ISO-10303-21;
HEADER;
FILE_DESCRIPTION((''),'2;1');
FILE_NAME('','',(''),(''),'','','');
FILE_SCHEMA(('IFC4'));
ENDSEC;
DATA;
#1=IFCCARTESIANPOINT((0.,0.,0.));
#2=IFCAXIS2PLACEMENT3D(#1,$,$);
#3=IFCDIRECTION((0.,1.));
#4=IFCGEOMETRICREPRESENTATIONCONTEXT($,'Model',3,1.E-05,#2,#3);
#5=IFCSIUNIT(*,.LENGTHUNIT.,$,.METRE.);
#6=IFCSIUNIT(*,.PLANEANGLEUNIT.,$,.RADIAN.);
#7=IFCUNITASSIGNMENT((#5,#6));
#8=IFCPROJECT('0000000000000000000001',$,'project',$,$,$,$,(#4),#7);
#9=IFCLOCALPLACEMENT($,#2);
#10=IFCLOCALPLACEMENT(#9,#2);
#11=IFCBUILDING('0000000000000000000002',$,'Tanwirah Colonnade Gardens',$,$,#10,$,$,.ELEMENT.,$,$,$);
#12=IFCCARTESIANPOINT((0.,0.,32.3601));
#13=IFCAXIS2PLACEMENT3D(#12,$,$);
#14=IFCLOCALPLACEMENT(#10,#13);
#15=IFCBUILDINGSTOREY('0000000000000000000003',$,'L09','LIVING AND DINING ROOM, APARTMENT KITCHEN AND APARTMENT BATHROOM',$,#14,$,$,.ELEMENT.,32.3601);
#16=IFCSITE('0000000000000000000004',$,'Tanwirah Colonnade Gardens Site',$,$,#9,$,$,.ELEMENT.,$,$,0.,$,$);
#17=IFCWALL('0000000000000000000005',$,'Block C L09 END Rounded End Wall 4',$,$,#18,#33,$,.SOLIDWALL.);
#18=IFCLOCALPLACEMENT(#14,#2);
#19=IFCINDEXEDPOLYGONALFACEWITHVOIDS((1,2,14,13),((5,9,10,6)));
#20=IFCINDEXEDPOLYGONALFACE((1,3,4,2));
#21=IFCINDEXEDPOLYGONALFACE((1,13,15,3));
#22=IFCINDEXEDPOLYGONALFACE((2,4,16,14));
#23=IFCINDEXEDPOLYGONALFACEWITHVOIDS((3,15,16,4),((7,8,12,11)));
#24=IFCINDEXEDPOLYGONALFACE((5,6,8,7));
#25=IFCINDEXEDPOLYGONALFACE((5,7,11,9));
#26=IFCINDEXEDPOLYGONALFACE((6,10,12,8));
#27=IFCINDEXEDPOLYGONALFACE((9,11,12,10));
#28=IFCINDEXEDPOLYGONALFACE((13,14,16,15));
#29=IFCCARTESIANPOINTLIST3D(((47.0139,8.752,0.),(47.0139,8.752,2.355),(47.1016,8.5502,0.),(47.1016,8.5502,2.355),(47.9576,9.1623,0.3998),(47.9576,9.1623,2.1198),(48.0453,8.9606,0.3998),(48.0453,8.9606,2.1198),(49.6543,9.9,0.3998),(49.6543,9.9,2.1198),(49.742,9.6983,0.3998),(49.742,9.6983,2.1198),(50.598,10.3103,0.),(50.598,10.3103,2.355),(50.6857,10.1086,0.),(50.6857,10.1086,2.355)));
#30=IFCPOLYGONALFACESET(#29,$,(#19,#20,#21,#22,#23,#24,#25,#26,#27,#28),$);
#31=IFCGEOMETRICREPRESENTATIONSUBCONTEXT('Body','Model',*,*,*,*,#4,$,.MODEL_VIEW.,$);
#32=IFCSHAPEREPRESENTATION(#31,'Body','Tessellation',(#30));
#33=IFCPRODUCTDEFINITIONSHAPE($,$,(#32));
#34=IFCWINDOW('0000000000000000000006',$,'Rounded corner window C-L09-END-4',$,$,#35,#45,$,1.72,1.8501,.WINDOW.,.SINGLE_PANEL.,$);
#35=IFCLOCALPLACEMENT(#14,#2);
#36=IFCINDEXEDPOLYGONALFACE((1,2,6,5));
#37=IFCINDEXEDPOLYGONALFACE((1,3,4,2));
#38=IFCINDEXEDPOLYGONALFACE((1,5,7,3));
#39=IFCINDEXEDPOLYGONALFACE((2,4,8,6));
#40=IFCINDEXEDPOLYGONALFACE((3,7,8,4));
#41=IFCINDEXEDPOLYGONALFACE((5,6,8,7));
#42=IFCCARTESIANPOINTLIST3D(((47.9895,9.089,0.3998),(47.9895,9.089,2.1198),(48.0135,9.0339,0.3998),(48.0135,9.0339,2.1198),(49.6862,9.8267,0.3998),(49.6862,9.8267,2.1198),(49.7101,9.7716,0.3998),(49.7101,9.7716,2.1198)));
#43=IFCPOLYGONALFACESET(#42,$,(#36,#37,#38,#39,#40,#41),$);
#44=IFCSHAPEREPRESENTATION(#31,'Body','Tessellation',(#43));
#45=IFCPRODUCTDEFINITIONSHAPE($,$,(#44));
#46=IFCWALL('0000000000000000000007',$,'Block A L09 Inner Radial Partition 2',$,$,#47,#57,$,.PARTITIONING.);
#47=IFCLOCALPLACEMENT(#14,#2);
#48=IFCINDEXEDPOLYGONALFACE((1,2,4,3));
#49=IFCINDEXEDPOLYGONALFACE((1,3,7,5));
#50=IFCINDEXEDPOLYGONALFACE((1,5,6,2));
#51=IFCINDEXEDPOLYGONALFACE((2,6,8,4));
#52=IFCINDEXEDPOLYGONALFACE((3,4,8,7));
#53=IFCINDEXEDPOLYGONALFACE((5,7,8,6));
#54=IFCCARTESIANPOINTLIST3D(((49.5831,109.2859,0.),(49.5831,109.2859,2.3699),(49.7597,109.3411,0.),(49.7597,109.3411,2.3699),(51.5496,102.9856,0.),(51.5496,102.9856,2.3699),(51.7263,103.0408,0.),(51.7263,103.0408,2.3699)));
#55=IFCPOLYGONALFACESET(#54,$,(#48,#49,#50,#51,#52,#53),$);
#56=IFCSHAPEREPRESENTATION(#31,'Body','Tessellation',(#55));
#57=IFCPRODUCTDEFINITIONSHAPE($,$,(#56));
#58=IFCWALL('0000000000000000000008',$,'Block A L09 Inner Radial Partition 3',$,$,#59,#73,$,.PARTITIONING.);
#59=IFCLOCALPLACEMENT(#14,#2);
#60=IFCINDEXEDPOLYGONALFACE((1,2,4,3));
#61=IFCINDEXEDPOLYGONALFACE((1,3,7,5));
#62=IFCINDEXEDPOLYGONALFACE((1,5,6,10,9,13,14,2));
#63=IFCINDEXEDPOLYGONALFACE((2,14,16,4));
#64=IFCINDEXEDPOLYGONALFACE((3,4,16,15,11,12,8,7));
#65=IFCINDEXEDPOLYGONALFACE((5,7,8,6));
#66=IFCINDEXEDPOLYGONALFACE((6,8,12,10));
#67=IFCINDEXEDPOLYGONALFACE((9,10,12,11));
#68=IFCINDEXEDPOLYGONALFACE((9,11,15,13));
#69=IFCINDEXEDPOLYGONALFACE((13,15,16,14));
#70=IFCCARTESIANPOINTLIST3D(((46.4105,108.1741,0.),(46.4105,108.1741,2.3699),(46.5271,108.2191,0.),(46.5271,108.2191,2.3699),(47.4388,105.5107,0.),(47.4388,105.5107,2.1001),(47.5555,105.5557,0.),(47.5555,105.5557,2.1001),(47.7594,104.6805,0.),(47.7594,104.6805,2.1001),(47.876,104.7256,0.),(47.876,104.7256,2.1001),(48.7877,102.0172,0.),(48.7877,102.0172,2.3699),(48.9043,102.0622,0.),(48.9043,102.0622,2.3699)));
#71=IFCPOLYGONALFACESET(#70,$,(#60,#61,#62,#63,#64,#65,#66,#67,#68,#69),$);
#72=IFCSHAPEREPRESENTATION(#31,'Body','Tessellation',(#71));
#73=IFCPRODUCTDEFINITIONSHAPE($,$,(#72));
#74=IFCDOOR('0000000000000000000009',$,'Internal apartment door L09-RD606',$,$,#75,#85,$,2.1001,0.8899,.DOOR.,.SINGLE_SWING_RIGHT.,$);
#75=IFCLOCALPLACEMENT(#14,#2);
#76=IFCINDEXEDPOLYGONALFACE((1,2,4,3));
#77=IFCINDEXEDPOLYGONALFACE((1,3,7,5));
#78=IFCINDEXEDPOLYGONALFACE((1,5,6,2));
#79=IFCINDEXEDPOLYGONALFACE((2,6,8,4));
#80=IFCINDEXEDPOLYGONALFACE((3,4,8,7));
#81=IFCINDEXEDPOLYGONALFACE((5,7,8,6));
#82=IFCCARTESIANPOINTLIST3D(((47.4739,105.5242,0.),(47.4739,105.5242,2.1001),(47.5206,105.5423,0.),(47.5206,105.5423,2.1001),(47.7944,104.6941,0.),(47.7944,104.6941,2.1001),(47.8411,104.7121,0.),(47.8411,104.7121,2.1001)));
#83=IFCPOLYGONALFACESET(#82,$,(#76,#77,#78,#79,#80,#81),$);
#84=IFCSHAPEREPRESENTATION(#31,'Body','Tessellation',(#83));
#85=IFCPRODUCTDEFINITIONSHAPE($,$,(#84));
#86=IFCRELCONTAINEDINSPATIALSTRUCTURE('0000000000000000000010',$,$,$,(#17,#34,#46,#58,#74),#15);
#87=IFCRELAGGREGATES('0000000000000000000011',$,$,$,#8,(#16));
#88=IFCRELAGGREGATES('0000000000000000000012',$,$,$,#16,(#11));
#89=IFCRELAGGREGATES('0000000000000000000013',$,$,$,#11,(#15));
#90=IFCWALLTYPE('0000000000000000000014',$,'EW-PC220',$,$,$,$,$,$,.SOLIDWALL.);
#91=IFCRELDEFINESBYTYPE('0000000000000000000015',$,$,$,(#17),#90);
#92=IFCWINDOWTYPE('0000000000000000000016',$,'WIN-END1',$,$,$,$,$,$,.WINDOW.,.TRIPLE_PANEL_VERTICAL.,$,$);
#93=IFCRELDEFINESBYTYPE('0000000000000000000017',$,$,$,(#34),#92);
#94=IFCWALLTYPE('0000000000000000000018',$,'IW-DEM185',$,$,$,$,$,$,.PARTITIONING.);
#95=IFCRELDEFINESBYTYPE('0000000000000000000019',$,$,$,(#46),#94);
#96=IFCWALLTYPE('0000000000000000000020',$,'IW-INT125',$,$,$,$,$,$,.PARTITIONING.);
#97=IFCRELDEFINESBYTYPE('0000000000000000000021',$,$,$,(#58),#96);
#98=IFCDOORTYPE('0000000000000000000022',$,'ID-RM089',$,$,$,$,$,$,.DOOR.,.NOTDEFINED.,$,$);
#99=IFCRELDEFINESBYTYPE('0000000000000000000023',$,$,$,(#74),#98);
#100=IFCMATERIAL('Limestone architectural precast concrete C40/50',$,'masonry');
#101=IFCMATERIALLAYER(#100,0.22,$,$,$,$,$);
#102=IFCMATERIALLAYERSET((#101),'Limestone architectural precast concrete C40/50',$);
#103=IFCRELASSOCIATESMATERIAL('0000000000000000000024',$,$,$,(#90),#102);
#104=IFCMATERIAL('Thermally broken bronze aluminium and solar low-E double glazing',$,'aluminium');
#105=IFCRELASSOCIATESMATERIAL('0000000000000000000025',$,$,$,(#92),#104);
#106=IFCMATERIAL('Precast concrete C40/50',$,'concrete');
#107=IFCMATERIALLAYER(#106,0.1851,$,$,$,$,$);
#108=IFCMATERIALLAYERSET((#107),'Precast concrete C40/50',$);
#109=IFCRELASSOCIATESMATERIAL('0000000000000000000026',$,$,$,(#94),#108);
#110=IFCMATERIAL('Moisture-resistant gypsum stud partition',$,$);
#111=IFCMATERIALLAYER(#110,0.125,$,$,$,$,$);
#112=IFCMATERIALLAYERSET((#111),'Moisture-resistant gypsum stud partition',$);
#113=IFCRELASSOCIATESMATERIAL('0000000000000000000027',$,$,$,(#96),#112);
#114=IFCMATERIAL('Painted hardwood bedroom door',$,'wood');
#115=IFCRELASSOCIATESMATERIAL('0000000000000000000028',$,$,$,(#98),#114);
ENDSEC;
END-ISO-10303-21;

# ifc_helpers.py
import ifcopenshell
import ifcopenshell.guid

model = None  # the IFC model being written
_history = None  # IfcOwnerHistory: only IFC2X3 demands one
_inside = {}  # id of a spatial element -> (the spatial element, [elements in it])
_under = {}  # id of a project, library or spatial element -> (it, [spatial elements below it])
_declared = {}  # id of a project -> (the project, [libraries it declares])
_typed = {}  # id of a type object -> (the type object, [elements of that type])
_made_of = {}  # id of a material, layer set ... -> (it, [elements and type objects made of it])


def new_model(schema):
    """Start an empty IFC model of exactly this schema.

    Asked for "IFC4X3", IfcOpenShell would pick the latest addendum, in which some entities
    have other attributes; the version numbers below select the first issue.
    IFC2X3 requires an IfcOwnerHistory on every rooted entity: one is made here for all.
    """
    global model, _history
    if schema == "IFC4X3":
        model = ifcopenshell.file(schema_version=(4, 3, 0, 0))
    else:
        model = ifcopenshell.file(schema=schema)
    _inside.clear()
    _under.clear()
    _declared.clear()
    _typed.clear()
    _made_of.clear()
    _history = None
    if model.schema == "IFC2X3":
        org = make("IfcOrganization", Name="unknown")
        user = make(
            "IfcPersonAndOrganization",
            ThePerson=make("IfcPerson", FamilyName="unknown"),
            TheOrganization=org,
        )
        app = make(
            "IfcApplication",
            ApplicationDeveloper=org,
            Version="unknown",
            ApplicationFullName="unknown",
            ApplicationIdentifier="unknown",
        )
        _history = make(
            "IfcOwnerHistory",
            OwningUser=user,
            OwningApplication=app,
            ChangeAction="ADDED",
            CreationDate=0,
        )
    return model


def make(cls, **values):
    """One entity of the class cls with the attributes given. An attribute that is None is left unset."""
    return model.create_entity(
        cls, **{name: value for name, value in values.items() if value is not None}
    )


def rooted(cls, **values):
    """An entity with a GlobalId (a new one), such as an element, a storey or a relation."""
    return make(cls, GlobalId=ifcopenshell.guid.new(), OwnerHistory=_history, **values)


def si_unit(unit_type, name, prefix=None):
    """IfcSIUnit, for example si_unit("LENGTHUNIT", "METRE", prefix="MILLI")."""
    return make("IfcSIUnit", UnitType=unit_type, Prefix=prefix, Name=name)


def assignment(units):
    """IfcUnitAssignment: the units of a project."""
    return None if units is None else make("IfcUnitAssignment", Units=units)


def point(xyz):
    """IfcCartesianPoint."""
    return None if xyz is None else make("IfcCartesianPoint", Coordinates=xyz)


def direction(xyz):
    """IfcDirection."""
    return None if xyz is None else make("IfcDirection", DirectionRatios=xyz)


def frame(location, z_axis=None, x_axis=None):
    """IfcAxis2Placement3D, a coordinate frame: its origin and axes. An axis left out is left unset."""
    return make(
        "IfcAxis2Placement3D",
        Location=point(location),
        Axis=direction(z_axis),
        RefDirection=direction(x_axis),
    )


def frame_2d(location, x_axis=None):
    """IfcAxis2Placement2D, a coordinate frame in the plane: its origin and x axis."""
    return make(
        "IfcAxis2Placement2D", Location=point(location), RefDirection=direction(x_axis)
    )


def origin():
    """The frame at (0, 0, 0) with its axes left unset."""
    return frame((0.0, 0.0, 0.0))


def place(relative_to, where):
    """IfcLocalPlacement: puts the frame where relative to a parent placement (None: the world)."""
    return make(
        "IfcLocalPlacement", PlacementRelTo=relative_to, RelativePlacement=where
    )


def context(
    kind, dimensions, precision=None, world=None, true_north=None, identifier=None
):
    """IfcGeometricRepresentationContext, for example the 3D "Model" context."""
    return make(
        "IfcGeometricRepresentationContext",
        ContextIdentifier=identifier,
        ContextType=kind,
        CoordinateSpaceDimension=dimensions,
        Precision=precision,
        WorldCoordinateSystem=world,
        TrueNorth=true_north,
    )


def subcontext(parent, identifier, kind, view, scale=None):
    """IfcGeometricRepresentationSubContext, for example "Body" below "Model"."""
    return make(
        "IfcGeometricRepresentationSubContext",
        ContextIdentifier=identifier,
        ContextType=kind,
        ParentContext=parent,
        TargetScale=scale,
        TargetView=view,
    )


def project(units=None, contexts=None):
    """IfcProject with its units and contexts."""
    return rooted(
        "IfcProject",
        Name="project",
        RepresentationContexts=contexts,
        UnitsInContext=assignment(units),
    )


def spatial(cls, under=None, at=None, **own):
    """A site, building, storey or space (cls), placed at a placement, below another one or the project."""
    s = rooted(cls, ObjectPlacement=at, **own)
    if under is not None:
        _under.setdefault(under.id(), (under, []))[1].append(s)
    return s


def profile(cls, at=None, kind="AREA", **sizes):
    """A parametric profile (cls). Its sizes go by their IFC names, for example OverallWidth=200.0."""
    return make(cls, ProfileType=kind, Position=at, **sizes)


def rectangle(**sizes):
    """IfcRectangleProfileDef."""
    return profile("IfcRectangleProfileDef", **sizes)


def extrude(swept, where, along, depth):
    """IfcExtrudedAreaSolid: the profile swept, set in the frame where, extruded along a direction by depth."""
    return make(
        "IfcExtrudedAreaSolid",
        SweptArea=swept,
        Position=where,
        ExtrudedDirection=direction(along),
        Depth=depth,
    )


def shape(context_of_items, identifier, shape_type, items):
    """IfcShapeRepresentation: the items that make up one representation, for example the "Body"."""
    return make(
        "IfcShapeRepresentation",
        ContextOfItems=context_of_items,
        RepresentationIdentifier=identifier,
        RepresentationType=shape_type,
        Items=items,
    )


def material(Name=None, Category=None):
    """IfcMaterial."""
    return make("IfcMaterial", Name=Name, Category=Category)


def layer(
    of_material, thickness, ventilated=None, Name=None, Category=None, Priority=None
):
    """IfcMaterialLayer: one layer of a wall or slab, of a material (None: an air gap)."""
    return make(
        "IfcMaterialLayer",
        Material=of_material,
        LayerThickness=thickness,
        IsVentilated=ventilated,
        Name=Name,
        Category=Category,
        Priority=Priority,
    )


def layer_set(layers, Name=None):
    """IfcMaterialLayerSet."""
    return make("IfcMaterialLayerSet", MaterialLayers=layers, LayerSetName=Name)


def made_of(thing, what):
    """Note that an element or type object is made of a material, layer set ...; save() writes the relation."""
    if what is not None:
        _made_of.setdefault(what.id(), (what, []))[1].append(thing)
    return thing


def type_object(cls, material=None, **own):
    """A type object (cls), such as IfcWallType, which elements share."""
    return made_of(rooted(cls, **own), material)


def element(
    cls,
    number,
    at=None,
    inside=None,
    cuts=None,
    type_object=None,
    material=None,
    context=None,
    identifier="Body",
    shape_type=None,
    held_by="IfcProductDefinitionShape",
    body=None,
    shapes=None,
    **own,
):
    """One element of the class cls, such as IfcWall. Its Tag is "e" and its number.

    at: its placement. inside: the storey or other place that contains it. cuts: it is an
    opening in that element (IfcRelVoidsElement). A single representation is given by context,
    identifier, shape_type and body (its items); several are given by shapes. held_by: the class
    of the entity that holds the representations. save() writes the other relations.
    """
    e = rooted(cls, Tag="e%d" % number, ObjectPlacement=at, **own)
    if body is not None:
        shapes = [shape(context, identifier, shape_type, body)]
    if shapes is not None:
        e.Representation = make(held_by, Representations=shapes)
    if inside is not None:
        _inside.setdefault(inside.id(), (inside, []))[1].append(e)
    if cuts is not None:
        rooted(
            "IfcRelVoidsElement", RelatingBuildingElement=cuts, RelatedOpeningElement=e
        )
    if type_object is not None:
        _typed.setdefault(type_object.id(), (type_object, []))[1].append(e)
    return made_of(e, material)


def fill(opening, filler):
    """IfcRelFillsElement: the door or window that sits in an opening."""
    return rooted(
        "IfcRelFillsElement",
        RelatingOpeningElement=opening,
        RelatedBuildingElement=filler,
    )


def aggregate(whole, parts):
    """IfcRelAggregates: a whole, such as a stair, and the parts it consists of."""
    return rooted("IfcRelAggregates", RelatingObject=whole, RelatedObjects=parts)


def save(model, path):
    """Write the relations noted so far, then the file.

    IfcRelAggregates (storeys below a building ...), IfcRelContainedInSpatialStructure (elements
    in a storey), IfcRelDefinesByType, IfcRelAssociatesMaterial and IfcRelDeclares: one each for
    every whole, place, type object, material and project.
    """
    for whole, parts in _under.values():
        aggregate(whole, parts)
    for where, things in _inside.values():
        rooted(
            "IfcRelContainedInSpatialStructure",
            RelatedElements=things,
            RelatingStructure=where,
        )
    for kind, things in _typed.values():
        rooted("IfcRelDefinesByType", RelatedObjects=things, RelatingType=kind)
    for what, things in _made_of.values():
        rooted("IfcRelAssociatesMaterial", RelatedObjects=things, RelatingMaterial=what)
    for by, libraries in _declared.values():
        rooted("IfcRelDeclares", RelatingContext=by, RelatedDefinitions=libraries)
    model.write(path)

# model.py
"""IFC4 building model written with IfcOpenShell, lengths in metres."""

from ifc_helpers import new_model, si_unit, direction, frame, frame_2d, origin, place, context, subcontext, project, spatial, rectangle, extrude, material, layer, layer_set, type_object, element, fill, save


model = new_model("IFC4")

# Units and contexts
model_context = context("Model", 3, precision=1e-05, world=origin(), true_north=direction((0.0, 1.0)))
body_context = subcontext(model_context, "Body", "Model", "MODEL_VIEW")
ifc_project = project(units=[si_unit("LENGTHUNIT", "METRE"), si_unit("PLANEANGLEUNIT", "RADIAN")], contexts=[model_context])

# Site, building, storey
site_placement = place(None, origin())
site = spatial("IfcSite", under=ifc_project, at=site_placement, Name="Tanwirah Colonnade Gardens Site", CompositionType="ELEMENT", RefElevation=0.0)
building_placement = place(site_placement, origin())
building = spatial("IfcBuilding", under=site, at=building_placement, Name="Tanwirah Colonnade Gardens", CompositionType="ELEMENT")
storey_placement = place(building_placement, frame((0.0, 0.0, 32.3601)))
storey = spatial("IfcBuildingStorey", under=building, at=storey_placement, Name="L09", Description="LIVING AND DINING ROOM, APARTMENT KITCHEN AND APARTMENT BATHROOM", CompositionType="ELEMENT", Elevation=32.3601)

# Shared definitions
ifc_material_1 = material(Name="Precast concrete C40/50", Category="concrete")

# Wall, opening, window
ifc_material_2 = material(Name="Limestone architectural precast concrete C40/50", Category="masonry")
ifc_layer_1 = layer(ifc_material_2, 0.22)
ifc_layer_set_1 = layer_set([ifc_layer_1], Name="Limestone architectural precast concrete C40/50")
wall_type_1 = type_object("IfcWallType", Name="EW-PC220", PredefinedType="SOLIDWALL", material=ifc_layer_set_1)
ifc_material_3 = material(Name="Thermally broken bronze aluminium and solar low-E double glazing", Category="aluminium")
window_type_1 = type_object("IfcWindowType", Name="WIN-END1", PartitioningType="TRIPLE_PANEL_VERTICAL", PredefinedType="WINDOW", material=ifc_material_3)
wall_1_placement = place(storey_placement, frame((50.6418, 10.2095, 0.0), z_axis=(0.0, 0.0, 1.0), x_axis=(-0.917061, -0.398747, 0.0)))
wall_1 = element("IfcWall", 1, at=wall_1_placement, inside=storey, type_object=wall_type_1, Name="Block C L09 END Rounded End Wall 4", PredefinedType="SOLIDWALL", context=body_context, shape_type="SweptSolid", body=[
    extrude(rectangle(XDim=3.9082, YDim=0.22, at=frame_2d((1.9541, 0.0))), origin(), (0.0, 0.0, 1.0), 2.355),
])
opening_1_placement = place(wall_1_placement, frame((1.0291, 0.0, 0.3999)))
opening_1 = element("IfcOpeningElement", 2, at=opening_1_placement, cuts=wall_1, PredefinedType="OPENING", context=body_context, shape_type="SweptSolid", body=[
    extrude(rectangle(XDim=1.8501, YDim=1.72, at=frame_2d((0.925, 0.8599))), frame((0.0, 0.1199, 0.0), z_axis=(0.0, -1.0, 0.0), x_axis=(1.0, 0.0, 0.0)), (0.0, 0.0, 1.0), 0.24),
])
window_1_placement = place(opening_1_placement, origin())
window_1 = element("IfcWindow", 3, at=window_1_placement, inside=storey, type_object=window_type_1, Name="Rounded corner window C-L09-END-4", OverallHeight=1.72, OverallWidth=1.8501, PartitioningType="SINGLE_PANEL", PredefinedType="WINDOW", context=body_context, shape_type="SweptSolid", body=[
    extrude(rectangle(XDim=1.8501, YDim=1.72, at=frame_2d((0.925, 0.8599))), frame((0.0, 0.03, 0.0), z_axis=(0.0, -1.0, 0.0), x_axis=(1.0, 0.0, 0.0)), (0.0, 0.0, 1.0), 0.0601),
])
fill(opening_1, window_1)

# Wall
ifc_layer_2 = layer(ifc_material_1, 0.1851)
ifc_layer_set_2 = layer_set([ifc_layer_2], Name="Precast concrete C40/50")
wall_type_2 = type_object("IfcWallType", Name="IW-DEM185", PredefinedType="PARTITIONING", material=ifc_layer_set_2)
wall_2_placement = place(storey_placement, frame((51.6379, 103.0132, 0.0), z_axis=(0.0, 0.0, 1.0), x_axis=(-0.297959, 0.954579, 0.0)))
element("IfcWall", 4, at=wall_2_placement, inside=storey, type_object=wall_type_2, Name="Block A L09 Inner Radial Partition 2", PredefinedType="PARTITIONING", context=body_context, shape_type="SweptSolid", body=[
    extrude(rectangle(XDim=6.6001, YDim=0.1851, at=frame_2d((3.3, 0.0))), origin(), (0.0, 0.0, 1.0), 2.3699),
])

# Wall, opening, door
ifc_material_4 = material(Name="Moisture-resistant gypsum stud partition")
ifc_layer_3 = layer(ifc_material_4, 0.125)
ifc_layer_set_3 = layer_set([ifc_layer_3], Name="Moisture-resistant gypsum stud partition")
wall_type_3 = type_object("IfcWallType", Name="IW-INT125", PredefinedType="PARTITIONING", material=ifc_layer_set_3)
wall_3_placement = place(storey_placement, frame((48.8459, 102.0398, 0.0), z_axis=(0.0, 0.0, 1.0), x_axis=(-0.360183, 0.932881, 0.0)))
wall_3 = element("IfcWall", 5, at=wall_3_placement, inside=storey, type_object=wall_type_3, Name="Block A L09 Inner Radial Partition 3", PredefinedType="PARTITIONING", context=body_context, shape_type="SweptSolid", body=[
    extrude(rectangle(XDim=6.5999, YDim=0.125, at=frame_2d((3.2998, 0.0))), origin(), (0.0, 0.0, 1.0), 2.3699),
])
opening_2_placement = place(wall_3_placement, frame((2.855, 0.0, 0.0)))
opening_2 = element("IfcOpeningElement", 6, at=opening_2_placement, cuts=wall_3, PredefinedType="OPENING", context=body_context, shape_type="SweptSolid", body=[
    extrude(rectangle(XDim=0.8899, YDim=2.1001, at=frame_2d((0.4448, 1.05))), frame((0.0, 0.0725, 0.0), z_axis=(0.0, -1.0, 0.0), x_axis=(1.0, 0.0, 0.0)), (0.0, 0.0, 1.0), 0.145),
])
ifc_material_5 = material(Name="Painted hardwood bedroom door", Category="wood")
door_type = type_object("IfcDoorType", Name="ID-RM089", OperationType="NOTDEFINED", PredefinedType="DOOR", material=ifc_material_5)
door_placement = place(opening_2_placement, origin())
door = element("IfcDoor", 7, at=door_placement, inside=storey, type_object=door_type, Name="Internal apartment door L09-RD606", OperationType="SINGLE_SWING_RIGHT", OverallHeight=2.1001, OverallWidth=0.8899, PredefinedType="DOOR", context=body_context, shape_type="SweptSolid", body=[
    extrude(rectangle(XDim=0.8899, YDim=2.1001, at=frame_2d((0.4448, 1.05))), frame((0.0, 0.0249, 0.0), z_axis=(0.0, -1.0, 0.0), x_axis=(1.0, 0.0, 0.0)), (0.0, 0.0, 1.0), 0.05),
])
fill(opening_2, door)

save(model, "model.ifc")
